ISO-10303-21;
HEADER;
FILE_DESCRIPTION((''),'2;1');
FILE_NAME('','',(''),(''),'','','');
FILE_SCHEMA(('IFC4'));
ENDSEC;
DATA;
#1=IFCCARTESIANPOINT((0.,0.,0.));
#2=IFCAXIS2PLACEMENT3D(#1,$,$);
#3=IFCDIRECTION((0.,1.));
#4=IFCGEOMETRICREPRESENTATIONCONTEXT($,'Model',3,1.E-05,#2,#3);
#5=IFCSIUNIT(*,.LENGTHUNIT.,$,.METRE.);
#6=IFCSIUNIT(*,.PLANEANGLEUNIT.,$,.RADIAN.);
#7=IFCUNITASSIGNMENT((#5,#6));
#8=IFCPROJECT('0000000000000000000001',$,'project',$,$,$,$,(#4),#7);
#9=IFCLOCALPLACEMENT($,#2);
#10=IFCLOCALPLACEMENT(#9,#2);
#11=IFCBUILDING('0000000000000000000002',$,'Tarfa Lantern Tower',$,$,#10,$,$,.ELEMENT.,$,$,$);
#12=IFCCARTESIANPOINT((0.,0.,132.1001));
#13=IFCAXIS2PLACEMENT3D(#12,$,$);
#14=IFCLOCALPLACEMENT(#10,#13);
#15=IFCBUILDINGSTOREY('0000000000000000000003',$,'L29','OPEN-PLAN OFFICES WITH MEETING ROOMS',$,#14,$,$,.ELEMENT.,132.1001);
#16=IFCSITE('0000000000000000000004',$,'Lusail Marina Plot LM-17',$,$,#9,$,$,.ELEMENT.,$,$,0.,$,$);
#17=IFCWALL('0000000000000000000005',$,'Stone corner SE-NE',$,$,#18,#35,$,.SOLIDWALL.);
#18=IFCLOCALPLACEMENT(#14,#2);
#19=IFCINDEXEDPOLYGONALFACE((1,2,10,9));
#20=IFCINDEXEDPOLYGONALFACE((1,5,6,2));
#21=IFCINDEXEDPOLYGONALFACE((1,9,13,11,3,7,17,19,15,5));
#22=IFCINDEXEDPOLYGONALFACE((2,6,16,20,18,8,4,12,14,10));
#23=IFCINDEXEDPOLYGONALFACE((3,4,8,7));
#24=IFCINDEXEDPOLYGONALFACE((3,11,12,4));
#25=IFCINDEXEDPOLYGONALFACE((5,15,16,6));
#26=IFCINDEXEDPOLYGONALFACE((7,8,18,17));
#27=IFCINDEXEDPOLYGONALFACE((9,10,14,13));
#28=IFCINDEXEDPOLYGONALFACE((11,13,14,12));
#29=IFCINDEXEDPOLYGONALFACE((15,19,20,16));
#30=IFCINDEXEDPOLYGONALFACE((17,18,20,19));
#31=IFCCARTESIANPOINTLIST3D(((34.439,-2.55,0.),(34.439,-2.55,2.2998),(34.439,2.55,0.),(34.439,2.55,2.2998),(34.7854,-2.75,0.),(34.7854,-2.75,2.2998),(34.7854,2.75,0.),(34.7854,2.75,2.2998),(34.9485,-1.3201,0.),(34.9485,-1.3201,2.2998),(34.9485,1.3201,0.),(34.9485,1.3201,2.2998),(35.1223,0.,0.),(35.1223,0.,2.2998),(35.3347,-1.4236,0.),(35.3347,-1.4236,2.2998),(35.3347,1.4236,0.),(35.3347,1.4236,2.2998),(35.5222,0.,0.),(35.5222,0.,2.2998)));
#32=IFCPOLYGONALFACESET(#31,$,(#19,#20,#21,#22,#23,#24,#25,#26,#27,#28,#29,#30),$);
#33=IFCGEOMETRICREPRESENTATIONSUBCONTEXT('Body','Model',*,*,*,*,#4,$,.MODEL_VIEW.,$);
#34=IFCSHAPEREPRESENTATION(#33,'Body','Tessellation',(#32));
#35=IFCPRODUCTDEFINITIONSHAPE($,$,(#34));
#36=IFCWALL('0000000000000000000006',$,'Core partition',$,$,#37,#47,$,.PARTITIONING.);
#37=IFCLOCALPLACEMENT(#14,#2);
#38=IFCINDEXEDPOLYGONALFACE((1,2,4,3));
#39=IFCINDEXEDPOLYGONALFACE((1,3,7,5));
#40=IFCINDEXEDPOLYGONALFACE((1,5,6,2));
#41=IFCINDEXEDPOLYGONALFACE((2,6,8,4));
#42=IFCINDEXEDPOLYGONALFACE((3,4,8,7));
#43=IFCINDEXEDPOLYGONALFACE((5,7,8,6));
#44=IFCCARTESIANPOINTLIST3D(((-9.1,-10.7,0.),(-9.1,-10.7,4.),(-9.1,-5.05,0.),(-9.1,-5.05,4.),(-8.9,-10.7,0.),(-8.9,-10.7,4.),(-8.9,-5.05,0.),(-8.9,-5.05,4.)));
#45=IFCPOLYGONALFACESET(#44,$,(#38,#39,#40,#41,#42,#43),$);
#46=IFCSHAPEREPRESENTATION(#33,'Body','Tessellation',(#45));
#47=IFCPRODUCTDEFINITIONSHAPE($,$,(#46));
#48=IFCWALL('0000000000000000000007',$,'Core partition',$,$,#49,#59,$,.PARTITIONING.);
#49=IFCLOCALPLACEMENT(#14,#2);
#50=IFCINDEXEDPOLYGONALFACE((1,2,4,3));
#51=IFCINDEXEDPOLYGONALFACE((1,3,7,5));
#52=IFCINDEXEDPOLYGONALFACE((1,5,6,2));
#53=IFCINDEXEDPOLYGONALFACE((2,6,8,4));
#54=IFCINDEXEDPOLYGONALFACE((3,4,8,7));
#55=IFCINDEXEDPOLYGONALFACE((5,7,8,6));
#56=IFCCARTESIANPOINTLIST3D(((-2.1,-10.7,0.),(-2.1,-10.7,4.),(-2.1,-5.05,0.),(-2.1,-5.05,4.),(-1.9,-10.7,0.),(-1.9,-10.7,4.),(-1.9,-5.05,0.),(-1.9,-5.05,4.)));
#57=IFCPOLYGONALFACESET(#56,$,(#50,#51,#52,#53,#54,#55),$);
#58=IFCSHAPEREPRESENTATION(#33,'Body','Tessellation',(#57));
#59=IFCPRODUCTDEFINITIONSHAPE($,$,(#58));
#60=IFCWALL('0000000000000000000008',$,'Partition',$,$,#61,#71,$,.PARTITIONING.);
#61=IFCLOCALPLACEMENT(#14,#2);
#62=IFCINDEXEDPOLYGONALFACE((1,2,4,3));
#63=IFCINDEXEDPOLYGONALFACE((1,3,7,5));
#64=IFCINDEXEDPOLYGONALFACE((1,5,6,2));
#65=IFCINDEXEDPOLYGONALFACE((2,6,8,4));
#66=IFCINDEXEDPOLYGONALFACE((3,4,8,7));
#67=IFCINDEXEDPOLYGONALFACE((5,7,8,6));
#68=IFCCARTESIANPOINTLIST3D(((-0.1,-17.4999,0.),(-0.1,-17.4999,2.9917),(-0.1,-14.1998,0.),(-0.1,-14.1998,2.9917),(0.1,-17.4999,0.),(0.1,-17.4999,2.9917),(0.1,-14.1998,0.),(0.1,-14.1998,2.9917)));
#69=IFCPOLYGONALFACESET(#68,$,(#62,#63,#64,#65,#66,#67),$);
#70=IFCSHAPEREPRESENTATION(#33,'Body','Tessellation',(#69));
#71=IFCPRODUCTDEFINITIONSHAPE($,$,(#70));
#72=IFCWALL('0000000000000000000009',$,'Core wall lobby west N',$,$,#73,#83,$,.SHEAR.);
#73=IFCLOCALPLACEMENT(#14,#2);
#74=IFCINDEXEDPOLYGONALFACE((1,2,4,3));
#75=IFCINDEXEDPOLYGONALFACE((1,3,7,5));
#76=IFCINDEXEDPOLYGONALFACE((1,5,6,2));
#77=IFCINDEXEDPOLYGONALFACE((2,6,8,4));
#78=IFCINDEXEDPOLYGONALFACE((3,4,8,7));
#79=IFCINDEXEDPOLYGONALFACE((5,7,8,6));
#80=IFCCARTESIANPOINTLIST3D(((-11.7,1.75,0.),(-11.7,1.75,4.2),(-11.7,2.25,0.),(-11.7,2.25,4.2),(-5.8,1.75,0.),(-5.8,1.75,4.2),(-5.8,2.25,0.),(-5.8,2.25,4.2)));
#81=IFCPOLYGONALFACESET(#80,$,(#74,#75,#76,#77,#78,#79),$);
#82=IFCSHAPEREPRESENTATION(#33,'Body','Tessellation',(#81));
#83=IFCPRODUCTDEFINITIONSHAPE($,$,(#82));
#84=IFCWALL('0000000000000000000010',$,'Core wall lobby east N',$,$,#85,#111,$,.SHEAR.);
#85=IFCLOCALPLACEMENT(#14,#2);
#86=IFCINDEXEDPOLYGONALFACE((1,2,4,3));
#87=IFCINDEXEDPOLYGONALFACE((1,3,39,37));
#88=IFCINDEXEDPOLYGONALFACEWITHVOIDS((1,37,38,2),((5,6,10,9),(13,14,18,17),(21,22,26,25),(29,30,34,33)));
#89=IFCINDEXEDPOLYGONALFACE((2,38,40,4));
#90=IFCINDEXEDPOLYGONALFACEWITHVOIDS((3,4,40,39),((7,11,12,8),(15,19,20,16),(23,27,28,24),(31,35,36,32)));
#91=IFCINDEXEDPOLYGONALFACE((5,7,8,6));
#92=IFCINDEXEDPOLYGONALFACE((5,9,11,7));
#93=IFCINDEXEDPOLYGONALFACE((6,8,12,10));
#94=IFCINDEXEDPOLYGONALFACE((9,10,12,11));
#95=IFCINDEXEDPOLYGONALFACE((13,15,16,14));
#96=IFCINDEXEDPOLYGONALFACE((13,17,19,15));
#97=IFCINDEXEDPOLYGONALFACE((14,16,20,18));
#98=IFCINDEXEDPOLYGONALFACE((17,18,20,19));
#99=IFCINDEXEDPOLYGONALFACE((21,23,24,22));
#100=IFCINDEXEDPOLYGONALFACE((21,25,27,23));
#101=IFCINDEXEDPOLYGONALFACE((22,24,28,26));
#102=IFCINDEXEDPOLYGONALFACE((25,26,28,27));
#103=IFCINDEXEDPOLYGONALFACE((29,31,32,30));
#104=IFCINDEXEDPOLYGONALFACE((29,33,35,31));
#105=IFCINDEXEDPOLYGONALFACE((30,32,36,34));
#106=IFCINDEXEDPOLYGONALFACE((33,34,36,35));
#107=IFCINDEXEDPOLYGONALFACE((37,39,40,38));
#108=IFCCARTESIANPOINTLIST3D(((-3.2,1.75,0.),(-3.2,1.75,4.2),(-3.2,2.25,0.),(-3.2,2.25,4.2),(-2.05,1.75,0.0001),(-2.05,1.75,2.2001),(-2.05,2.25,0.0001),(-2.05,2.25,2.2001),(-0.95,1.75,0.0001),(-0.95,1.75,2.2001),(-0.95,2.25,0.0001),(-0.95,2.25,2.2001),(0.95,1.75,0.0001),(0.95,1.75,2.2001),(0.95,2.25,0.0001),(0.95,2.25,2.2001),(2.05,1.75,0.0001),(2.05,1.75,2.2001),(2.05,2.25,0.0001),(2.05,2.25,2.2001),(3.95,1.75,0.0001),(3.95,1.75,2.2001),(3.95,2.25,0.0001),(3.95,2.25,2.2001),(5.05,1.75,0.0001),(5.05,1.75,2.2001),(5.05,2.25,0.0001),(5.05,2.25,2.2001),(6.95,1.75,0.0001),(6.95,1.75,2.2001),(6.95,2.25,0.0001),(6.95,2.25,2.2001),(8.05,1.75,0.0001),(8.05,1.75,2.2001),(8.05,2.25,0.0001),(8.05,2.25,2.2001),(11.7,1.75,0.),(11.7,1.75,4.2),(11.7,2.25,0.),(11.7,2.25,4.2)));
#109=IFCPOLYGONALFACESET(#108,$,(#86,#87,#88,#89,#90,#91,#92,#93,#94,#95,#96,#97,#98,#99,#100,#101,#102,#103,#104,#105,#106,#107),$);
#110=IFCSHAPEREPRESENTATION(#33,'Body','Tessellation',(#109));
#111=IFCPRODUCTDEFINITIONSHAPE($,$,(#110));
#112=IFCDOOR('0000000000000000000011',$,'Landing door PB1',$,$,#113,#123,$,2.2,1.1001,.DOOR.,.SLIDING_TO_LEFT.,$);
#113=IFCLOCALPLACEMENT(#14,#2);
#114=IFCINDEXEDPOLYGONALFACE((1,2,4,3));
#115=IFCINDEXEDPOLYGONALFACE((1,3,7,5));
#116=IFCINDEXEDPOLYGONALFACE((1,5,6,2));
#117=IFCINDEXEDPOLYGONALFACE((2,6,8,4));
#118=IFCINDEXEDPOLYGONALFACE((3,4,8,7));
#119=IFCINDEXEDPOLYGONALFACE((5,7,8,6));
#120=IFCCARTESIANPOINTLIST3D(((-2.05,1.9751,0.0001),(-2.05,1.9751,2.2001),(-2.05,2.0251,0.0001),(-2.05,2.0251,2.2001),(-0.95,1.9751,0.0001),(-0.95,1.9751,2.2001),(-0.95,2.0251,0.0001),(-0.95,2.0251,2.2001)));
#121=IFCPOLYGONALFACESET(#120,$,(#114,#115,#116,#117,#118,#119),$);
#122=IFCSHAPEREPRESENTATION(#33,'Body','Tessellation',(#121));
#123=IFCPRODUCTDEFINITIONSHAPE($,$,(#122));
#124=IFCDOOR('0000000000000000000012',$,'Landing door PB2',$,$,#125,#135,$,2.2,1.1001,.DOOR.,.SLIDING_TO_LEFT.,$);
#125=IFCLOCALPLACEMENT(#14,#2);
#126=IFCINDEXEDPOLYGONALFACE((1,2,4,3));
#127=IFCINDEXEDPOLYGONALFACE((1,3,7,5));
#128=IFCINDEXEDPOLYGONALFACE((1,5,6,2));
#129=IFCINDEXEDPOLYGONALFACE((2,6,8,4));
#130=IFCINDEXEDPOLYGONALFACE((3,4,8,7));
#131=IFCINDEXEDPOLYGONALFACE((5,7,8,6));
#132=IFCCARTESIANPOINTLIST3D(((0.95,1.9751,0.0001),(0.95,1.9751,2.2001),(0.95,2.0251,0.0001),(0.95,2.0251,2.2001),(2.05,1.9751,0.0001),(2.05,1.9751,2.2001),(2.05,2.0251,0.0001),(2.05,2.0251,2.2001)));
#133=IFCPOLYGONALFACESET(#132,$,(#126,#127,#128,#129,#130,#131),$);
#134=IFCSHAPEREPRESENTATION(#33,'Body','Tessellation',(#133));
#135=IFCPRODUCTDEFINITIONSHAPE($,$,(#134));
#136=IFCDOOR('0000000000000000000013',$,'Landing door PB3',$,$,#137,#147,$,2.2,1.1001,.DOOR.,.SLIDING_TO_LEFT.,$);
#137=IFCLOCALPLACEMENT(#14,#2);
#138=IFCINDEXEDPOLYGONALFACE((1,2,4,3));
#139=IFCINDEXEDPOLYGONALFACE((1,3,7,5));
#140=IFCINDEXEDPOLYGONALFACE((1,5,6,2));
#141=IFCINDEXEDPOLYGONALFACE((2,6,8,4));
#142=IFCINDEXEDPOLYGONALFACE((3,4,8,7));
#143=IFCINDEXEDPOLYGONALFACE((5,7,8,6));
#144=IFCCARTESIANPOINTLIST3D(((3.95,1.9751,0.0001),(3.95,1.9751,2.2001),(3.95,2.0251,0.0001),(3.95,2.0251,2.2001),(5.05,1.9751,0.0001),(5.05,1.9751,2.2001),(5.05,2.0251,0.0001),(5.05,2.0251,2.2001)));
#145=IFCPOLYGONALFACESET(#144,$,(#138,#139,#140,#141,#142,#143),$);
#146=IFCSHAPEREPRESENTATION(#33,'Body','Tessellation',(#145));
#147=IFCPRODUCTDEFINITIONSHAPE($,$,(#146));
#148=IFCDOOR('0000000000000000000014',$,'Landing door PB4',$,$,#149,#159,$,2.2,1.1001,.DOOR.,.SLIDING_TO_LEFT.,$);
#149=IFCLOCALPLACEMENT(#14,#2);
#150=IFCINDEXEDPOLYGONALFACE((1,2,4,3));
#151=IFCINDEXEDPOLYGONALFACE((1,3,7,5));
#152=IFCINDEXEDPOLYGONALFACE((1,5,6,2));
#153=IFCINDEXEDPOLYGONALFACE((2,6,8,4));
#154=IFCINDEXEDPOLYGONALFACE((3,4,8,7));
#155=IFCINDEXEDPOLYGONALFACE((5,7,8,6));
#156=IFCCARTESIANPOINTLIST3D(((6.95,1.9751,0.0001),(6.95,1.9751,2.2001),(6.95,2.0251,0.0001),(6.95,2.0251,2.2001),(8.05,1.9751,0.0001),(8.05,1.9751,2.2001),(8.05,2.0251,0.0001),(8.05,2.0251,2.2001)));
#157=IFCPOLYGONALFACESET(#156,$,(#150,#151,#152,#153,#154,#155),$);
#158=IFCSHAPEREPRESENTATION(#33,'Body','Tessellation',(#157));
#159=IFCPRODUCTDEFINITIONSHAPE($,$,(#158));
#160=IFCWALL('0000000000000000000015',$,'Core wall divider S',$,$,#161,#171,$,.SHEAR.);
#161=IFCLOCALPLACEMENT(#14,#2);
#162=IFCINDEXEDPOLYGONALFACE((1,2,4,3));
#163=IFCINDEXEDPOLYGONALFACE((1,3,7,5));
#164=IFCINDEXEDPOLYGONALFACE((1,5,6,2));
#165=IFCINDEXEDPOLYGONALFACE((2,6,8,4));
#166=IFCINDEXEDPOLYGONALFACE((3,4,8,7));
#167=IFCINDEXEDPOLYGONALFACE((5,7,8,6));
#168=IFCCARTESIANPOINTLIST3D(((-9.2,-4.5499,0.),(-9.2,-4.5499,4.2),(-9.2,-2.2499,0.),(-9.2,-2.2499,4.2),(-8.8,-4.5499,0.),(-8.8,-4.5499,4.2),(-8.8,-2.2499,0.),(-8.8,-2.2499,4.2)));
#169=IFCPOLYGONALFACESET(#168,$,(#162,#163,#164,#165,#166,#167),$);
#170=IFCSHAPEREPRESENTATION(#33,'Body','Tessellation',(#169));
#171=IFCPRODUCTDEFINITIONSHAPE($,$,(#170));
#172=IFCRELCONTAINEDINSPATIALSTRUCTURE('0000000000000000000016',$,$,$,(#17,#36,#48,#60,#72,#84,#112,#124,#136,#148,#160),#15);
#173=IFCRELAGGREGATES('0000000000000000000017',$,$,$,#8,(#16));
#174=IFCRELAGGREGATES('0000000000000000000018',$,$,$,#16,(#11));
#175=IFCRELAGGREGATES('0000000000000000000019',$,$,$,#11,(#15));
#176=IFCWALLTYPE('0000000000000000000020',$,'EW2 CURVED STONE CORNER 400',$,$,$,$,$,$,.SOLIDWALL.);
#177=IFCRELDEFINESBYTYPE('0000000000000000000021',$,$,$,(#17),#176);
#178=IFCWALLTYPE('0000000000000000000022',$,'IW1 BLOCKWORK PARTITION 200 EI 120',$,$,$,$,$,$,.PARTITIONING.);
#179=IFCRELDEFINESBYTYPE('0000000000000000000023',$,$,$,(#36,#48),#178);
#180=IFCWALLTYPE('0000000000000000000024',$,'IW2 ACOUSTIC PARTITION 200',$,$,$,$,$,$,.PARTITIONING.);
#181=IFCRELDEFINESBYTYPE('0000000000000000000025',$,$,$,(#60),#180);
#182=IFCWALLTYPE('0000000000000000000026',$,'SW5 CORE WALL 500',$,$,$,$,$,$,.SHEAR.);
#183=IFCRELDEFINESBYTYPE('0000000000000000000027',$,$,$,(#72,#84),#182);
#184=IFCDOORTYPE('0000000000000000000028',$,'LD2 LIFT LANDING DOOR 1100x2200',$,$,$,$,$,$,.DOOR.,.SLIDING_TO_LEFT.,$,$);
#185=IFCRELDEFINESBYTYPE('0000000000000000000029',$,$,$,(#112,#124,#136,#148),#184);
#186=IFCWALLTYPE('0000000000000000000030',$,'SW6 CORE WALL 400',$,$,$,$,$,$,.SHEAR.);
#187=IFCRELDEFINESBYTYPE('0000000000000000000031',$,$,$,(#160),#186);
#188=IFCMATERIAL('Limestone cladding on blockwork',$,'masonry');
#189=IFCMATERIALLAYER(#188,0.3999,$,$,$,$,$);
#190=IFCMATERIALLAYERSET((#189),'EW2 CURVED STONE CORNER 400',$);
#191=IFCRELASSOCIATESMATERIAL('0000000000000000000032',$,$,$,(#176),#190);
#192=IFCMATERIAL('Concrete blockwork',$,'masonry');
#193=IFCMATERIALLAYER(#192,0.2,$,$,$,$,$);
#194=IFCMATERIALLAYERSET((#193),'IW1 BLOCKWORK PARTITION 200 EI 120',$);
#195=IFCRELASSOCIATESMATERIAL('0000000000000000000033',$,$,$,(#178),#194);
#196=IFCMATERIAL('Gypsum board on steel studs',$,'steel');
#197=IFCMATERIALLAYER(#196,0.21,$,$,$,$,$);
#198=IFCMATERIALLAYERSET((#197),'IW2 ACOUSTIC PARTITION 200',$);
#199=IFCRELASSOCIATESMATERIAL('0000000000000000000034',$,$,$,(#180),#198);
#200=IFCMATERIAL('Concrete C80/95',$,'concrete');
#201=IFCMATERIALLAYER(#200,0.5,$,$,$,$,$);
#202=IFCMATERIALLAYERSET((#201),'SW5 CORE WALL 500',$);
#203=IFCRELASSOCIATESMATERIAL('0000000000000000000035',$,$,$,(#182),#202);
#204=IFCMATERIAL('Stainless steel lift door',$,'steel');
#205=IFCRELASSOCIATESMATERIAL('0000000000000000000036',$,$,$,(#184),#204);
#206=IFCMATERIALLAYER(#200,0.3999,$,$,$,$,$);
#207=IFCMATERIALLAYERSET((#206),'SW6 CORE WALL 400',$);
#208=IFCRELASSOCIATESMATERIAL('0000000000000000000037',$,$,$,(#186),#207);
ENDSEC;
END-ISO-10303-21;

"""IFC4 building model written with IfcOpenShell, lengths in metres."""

from ifc_helpers import new_model, si_unit, direction, frame, frame_2d, origin, place, context, subcontext, project, spatial, polyline, rectangle, outline, extrude, material, layer, layer_set, type_object, element, fill, save


model = new_model("IFC4")

# Units and contexts
model_context = context("Model", 3, precision=1e-05, world=origin(), true_north=direction((0.0, 1.0)))
body_context = subcontext(model_context, "Body", "Model", "MODEL_VIEW")
ifc_project = project(units=[si_unit("LENGTHUNIT", "METRE"), si_unit("PLANEANGLEUNIT", "RADIAN")], contexts=[model_context])

# Site, building, storey
site_placement = place(None, origin())
site = spatial("IfcSite", under=ifc_project, at=site_placement, Name="Lusail Marina Plot LM-17", CompositionType="ELEMENT", RefElevation=0.0)
building_placement = place(site_placement, origin())
building = spatial("IfcBuilding", under=site, at=building_placement, Name="Tarfa Lantern Tower", CompositionType="ELEMENT")
storey_placement = place(building_placement, frame((0.0, 0.0, 132.1001)))
storey = spatial("IfcBuildingStorey", under=building, at=storey_placement, Name="L29", Description="OPEN-PLAN OFFICES WITH MEETING ROOMS", CompositionType="ELEMENT", Elevation=132.1001)

# Walls
ifc_material_1 = material(Name="Limestone cladding on blockwork", Category="masonry")
ifc_layer_1 = layer(ifc_material_1, 0.3999)
ifc_layer_set_1 = layer_set([ifc_layer_1], Name="EW2 CURVED STONE CORNER 400")
wall_type_1 = type_object("IfcWallType", Name="EW2 CURVED STONE CORNER 400", PredefinedType="SOLIDWALL", material=ifc_layer_set_1)
wall_1_placement = place(storey_placement, origin())
element("IfcWall", 1, at=wall_1_placement, inside=storey, type_object=wall_type_1, Name="Stone corner SE-NE", PredefinedType="SOLIDWALL", context=body_context, shape_type="SweptSolid", body=[
    extrude(outline(polyline([(34.7854, -2.75), (35.3347, -1.4236), (35.5222, 0.0), (35.3347, 1.4236), (34.7854, 2.75), (34.439, 2.55), (34.9485, 1.3201), (35.1223, 0.0), (34.9485, -1.3201), (34.439, -2.55), (34.7854, -2.75)])), origin(), (0.0, 0.0, 1.0), 2.2998),
])
ifc_material_2 = material(Name="Concrete blockwork", Category="masonry")
ifc_layer_2 = layer(ifc_material_2, 0.2)
ifc_layer_set_2 = layer_set([ifc_layer_2], Name="IW1 BLOCKWORK PARTITION 200 EI 120")
wall_type_2 = type_object("IfcWallType", Name="IW1 BLOCKWORK PARTITION 200 EI 120", PredefinedType="PARTITIONING", material=ifc_layer_set_2)
for number, where, z_axis, x_axis, name in (
    (2, (-9.0, -5.05, 0.0), (0.0, 0.0, 1.0), (0.0, -1.0, 0.0), "Core partition"),
    (3, (-2.0, -5.05, 0.0), (0.0, 0.0, 1.0), (0.0, -1.0, 0.0), "Core partition"),
):
    element("IfcWall", number, at=place(storey_placement, frame(where, z_axis=z_axis, x_axis=x_axis)), inside=storey, type_object=wall_type_2, Name=name, PredefinedType="PARTITIONING", context=body_context, shape_type="SweptSolid", body=[
        extrude(rectangle(XDim=5.6499, YDim=0.2, at=frame_2d((2.825, 0.0))), origin(), (0.0, 0.0, 1.0), 4.0),
    ])
ifc_material_3 = material(Name="Gypsum board on steel studs", Category="steel")
ifc_layer_3 = layer(ifc_material_3, 0.21)
ifc_layer_set_3 = layer_set([ifc_layer_3], Name="IW2 ACOUSTIC PARTITION 200")
wall_type_3 = type_object("IfcWallType", Name="IW2 ACOUSTIC PARTITION 200", PredefinedType="PARTITIONING", material=ifc_layer_set_3)
wall_2_placement = place(storey_placement, frame((0.0, -14.2, 0.0), z_axis=(0.0, 0.0, 1.0), x_axis=(0.0, -1.0, 0.0)))
element("IfcWall", 4, at=wall_2_placement, inside=storey, type_object=wall_type_3, Name="Partition", PredefinedType="PARTITIONING", context=body_context, shape_type="SweptSolid", body=[
    extrude(rectangle(XDim=3.3, YDim=0.2, at=frame_2d((1.6499, 0.0))), origin(), (0.0, 0.0, 1.0), 2.9917),
])
ifc_material_4 = material(Name="Concrete C80/95", Category="concrete")
ifc_layer_4 = layer(ifc_material_4, 0.5)
ifc_layer_set_4 = layer_set([ifc_layer_4], Name="SW5 CORE WALL 500")
wall_type_4 = type_object("IfcWallType", Name="SW5 CORE WALL 500", PredefinedType="SHEAR", material=ifc_layer_set_4)
wall_3_placement = place(storey_placement, frame((-11.7, 2.0, 0.0), z_axis=(0.0, 0.0, 1.0), x_axis=(1.0, 0.0, 0.0)))
element("IfcWall", 5, at=wall_3_placement, inside=storey, type_object=wall_type_4, Name="Core wall lobby west N", PredefinedType="SHEAR", context=body_context, shape_type="SweptSolid", body=[
    extrude(rectangle(XDim=5.8999, YDim=0.5, at=frame_2d((2.95, 0.0))), origin(), (0.0, 0.0, 1.0), 4.2),
])

# Wall, openings, doors
wall_4_placement = place(storey_placement, frame((-3.2, 2.0, 0.0), z_axis=(0.0, 0.0, 1.0), x_axis=(1.0, 0.0, 0.0)))
wall_4 = element("IfcWall", 6, at=wall_4_placement, inside=storey, type_object=wall_type_4, Name="Core wall lobby east N", PredefinedType="SHEAR", context=body_context, shape_type="SweptSolid", body=[
    extrude(rectangle(XDim=14.8999, YDim=0.5, at=frame_2d((7.45, 0.0))), origin(), (0.0, 0.0, 1.0), 4.2),
])
opening_1_placement = place(wall_4_placement, frame((1.1499, 0.0, 0.0)))
opening_1 = element("IfcOpeningElement", 7, at=opening_1_placement, cuts=wall_4, PredefinedType="OPENING", context=body_context, shape_type="SweptSolid", body=[
    extrude(rectangle(XDim=1.1001, YDim=2.2, at=frame_2d((0.55, 1.1001))), frame((0.0, 0.26, 0.0), z_axis=(0.0, -1.0, 0.0), x_axis=(1.0, 0.0, 0.0)), (0.0, 0.0, 1.0), 0.52),
])
opening_2_placement = place(wall_4_placement, frame((4.1499, 0.0, 0.0)))
opening_2 = element("IfcOpeningElement", 8, at=opening_2_placement, cuts=wall_4, PredefinedType="OPENING", context=body_context, shape_type="SweptSolid", body=[
    extrude(rectangle(XDim=1.1001, YDim=2.2, at=frame_2d((0.55, 1.1001))), frame((0.0, 0.26, 0.0), z_axis=(0.0, -1.0, 0.0), x_axis=(1.0, 0.0, 0.0)), (0.0, 0.0, 1.0), 0.52),
])
opening_3_placement = place(wall_4_placement, frame((7.1499, 0.0, 0.0)))
opening_3 = element("IfcOpeningElement", 9, at=opening_3_placement, cuts=wall_4, PredefinedType="OPENING", context=body_context, shape_type="SweptSolid", body=[
    extrude(rectangle(XDim=1.1001, YDim=2.2, at=frame_2d((0.55, 1.1001))), frame((0.0, 0.26, 0.0), z_axis=(0.0, -1.0, 0.0), x_axis=(1.0, 0.0, 0.0)), (0.0, 0.0, 1.0), 0.52),
])
opening_4_placement = place(wall_4_placement, frame((10.1499, 0.0, 0.0)))
opening_4 = element("IfcOpeningElement", 10, at=opening_4_placement, cuts=wall_4, PredefinedType="OPENING", context=body_context, shape_type="SweptSolid", body=[
    extrude(rectangle(XDim=1.1001, YDim=2.2, at=frame_2d((0.55, 1.1001))), frame((0.0, 0.26, 0.0), z_axis=(0.0, -1.0, 0.0), x_axis=(1.0, 0.0, 0.0)), (0.0, 0.0, 1.0), 0.52),
])
ifc_material_5 = material(Name="Stainless steel lift door", Category="steel")
door_type = type_object("IfcDoorType", Name="LD2 LIFT LANDING DOOR 1100x2200", OperationType="SLIDING_TO_LEFT", PredefinedType="DOOR", material=ifc_material_5)
door_1_placement = place(opening_1_placement, frame((1.1001, 0.0, 0.0), z_axis=(0.0, 0.0, 1.0), x_axis=(-1.0, 0.0, 0.0)))
door_1 = element("IfcDoor", 11, at=door_1_placement, inside=storey, type_object=door_type, Name="Landing door PB1", OperationType="SLIDING_TO_LEFT", OverallHeight=2.2, OverallWidth=1.1001, PredefinedType="DOOR", context=body_context, shape_type="SweptSolid", body=[
    extrude(rectangle(XDim=1.1001, YDim=2.2, at=frame_2d((0.55, 1.1001))), frame((0.0, 0.0249, 0.0), z_axis=(0.0, -1.0, 0.0), x_axis=(1.0, 0.0, 0.0)), (0.0, 0.0, 1.0), 0.05),
])
fill(opening_1, door_1)
door_2_placement = place(opening_2_placement, frame((1.1001, 0.0, 0.0), z_axis=(0.0, 0.0, 1.0), x_axis=(-1.0, 0.0, 0.0)))
door_2 = element("IfcDoor", 12, at=door_2_placement, inside=storey, type_object=door_type, Name="Landing door PB2", OperationType="SLIDING_TO_LEFT", OverallHeight=2.2, OverallWidth=1.1001, PredefinedType="DOOR", context=body_context, shape_type="SweptSolid", body=[
    extrude(rectangle(XDim=1.1001, YDim=2.2, at=frame_2d((0.55, 1.1001))), frame((0.0, 0.0249, 0.0), z_axis=(0.0, -1.0, 0.0), x_axis=(1.0, 0.0, 0.0)), (0.0, 0.0, 1.0), 0.05),
])
fill(opening_2, door_2)
door_3_placement = place(opening_3_placement, frame((1.1001, 0.0, 0.0), z_axis=(0.0, 0.0, 1.0), x_axis=(-1.0, 0.0, 0.0)))
door_3 = element("IfcDoor", 13, at=door_3_placement, inside=storey, type_object=door_type, Name="Landing door PB3", OperationType="SLIDING_TO_LEFT", OverallHeight=2.2, OverallWidth=1.1001, PredefinedType="DOOR", context=body_context, shape_type="SweptSolid", body=[
    extrude(rectangle(XDim=1.1001, YDim=2.2, at=frame_2d((0.55, 1.1001))), frame((0.0, 0.0249, 0.0), z_axis=(0.0, -1.0, 0.0), x_axis=(1.0, 0.0, 0.0)), (0.0, 0.0, 1.0), 0.05),
])
fill(opening_3, door_3)
door_4_placement = place(opening_4_placement, frame((1.1001, 0.0, 0.0), z_axis=(0.0, 0.0, 1.0), x_axis=(-1.0, 0.0, 0.0)))
door_4 = element("IfcDoor", 14, at=door_4_placement, inside=storey, type_object=door_type, Name="Landing door PB4", OperationType="SLIDING_TO_LEFT", OverallHeight=2.2, OverallWidth=1.1001, PredefinedType="DOOR", context=body_context, shape_type="SweptSolid", body=[
    extrude(rectangle(XDim=1.1001, YDim=2.2, at=frame_2d((0.55, 1.1001))), frame((0.0, 0.0249, 0.0), z_axis=(0.0, -1.0, 0.0), x_axis=(1.0, 0.0, 0.0)), (0.0, 0.0, 1.0), 0.05),
])
fill(opening_4, door_4)

# Wall
ifc_layer_5 = layer(ifc_material_4, 0.3999)
ifc_layer_set_5 = layer_set([ifc_layer_5], Name="SW6 CORE WALL 400")
wall_type_5 = type_object("IfcWallType", Name="SW6 CORE WALL 400", PredefinedType="SHEAR", material=ifc_layer_set_5)
wall_5_placement = place(storey_placement, frame((-9.0, -2.25, 0.0), z_axis=(0.0, 0.0, 1.0), x_axis=(0.0, -1.0, 0.0)))
element("IfcWall", 15, at=wall_5_placement, inside=storey, type_object=wall_type_5, Name="Core wall divider S", PredefinedType="SHEAR", context=body_context, shape_type="SweptSolid", body=[
    extrude(rectangle(XDim=2.3, YDim=0.3999, at=frame_2d((1.1499, 0.0))), origin(), (0.0, 0.0, 1.0), 4.2),
])

save(model, "model.ifc")
